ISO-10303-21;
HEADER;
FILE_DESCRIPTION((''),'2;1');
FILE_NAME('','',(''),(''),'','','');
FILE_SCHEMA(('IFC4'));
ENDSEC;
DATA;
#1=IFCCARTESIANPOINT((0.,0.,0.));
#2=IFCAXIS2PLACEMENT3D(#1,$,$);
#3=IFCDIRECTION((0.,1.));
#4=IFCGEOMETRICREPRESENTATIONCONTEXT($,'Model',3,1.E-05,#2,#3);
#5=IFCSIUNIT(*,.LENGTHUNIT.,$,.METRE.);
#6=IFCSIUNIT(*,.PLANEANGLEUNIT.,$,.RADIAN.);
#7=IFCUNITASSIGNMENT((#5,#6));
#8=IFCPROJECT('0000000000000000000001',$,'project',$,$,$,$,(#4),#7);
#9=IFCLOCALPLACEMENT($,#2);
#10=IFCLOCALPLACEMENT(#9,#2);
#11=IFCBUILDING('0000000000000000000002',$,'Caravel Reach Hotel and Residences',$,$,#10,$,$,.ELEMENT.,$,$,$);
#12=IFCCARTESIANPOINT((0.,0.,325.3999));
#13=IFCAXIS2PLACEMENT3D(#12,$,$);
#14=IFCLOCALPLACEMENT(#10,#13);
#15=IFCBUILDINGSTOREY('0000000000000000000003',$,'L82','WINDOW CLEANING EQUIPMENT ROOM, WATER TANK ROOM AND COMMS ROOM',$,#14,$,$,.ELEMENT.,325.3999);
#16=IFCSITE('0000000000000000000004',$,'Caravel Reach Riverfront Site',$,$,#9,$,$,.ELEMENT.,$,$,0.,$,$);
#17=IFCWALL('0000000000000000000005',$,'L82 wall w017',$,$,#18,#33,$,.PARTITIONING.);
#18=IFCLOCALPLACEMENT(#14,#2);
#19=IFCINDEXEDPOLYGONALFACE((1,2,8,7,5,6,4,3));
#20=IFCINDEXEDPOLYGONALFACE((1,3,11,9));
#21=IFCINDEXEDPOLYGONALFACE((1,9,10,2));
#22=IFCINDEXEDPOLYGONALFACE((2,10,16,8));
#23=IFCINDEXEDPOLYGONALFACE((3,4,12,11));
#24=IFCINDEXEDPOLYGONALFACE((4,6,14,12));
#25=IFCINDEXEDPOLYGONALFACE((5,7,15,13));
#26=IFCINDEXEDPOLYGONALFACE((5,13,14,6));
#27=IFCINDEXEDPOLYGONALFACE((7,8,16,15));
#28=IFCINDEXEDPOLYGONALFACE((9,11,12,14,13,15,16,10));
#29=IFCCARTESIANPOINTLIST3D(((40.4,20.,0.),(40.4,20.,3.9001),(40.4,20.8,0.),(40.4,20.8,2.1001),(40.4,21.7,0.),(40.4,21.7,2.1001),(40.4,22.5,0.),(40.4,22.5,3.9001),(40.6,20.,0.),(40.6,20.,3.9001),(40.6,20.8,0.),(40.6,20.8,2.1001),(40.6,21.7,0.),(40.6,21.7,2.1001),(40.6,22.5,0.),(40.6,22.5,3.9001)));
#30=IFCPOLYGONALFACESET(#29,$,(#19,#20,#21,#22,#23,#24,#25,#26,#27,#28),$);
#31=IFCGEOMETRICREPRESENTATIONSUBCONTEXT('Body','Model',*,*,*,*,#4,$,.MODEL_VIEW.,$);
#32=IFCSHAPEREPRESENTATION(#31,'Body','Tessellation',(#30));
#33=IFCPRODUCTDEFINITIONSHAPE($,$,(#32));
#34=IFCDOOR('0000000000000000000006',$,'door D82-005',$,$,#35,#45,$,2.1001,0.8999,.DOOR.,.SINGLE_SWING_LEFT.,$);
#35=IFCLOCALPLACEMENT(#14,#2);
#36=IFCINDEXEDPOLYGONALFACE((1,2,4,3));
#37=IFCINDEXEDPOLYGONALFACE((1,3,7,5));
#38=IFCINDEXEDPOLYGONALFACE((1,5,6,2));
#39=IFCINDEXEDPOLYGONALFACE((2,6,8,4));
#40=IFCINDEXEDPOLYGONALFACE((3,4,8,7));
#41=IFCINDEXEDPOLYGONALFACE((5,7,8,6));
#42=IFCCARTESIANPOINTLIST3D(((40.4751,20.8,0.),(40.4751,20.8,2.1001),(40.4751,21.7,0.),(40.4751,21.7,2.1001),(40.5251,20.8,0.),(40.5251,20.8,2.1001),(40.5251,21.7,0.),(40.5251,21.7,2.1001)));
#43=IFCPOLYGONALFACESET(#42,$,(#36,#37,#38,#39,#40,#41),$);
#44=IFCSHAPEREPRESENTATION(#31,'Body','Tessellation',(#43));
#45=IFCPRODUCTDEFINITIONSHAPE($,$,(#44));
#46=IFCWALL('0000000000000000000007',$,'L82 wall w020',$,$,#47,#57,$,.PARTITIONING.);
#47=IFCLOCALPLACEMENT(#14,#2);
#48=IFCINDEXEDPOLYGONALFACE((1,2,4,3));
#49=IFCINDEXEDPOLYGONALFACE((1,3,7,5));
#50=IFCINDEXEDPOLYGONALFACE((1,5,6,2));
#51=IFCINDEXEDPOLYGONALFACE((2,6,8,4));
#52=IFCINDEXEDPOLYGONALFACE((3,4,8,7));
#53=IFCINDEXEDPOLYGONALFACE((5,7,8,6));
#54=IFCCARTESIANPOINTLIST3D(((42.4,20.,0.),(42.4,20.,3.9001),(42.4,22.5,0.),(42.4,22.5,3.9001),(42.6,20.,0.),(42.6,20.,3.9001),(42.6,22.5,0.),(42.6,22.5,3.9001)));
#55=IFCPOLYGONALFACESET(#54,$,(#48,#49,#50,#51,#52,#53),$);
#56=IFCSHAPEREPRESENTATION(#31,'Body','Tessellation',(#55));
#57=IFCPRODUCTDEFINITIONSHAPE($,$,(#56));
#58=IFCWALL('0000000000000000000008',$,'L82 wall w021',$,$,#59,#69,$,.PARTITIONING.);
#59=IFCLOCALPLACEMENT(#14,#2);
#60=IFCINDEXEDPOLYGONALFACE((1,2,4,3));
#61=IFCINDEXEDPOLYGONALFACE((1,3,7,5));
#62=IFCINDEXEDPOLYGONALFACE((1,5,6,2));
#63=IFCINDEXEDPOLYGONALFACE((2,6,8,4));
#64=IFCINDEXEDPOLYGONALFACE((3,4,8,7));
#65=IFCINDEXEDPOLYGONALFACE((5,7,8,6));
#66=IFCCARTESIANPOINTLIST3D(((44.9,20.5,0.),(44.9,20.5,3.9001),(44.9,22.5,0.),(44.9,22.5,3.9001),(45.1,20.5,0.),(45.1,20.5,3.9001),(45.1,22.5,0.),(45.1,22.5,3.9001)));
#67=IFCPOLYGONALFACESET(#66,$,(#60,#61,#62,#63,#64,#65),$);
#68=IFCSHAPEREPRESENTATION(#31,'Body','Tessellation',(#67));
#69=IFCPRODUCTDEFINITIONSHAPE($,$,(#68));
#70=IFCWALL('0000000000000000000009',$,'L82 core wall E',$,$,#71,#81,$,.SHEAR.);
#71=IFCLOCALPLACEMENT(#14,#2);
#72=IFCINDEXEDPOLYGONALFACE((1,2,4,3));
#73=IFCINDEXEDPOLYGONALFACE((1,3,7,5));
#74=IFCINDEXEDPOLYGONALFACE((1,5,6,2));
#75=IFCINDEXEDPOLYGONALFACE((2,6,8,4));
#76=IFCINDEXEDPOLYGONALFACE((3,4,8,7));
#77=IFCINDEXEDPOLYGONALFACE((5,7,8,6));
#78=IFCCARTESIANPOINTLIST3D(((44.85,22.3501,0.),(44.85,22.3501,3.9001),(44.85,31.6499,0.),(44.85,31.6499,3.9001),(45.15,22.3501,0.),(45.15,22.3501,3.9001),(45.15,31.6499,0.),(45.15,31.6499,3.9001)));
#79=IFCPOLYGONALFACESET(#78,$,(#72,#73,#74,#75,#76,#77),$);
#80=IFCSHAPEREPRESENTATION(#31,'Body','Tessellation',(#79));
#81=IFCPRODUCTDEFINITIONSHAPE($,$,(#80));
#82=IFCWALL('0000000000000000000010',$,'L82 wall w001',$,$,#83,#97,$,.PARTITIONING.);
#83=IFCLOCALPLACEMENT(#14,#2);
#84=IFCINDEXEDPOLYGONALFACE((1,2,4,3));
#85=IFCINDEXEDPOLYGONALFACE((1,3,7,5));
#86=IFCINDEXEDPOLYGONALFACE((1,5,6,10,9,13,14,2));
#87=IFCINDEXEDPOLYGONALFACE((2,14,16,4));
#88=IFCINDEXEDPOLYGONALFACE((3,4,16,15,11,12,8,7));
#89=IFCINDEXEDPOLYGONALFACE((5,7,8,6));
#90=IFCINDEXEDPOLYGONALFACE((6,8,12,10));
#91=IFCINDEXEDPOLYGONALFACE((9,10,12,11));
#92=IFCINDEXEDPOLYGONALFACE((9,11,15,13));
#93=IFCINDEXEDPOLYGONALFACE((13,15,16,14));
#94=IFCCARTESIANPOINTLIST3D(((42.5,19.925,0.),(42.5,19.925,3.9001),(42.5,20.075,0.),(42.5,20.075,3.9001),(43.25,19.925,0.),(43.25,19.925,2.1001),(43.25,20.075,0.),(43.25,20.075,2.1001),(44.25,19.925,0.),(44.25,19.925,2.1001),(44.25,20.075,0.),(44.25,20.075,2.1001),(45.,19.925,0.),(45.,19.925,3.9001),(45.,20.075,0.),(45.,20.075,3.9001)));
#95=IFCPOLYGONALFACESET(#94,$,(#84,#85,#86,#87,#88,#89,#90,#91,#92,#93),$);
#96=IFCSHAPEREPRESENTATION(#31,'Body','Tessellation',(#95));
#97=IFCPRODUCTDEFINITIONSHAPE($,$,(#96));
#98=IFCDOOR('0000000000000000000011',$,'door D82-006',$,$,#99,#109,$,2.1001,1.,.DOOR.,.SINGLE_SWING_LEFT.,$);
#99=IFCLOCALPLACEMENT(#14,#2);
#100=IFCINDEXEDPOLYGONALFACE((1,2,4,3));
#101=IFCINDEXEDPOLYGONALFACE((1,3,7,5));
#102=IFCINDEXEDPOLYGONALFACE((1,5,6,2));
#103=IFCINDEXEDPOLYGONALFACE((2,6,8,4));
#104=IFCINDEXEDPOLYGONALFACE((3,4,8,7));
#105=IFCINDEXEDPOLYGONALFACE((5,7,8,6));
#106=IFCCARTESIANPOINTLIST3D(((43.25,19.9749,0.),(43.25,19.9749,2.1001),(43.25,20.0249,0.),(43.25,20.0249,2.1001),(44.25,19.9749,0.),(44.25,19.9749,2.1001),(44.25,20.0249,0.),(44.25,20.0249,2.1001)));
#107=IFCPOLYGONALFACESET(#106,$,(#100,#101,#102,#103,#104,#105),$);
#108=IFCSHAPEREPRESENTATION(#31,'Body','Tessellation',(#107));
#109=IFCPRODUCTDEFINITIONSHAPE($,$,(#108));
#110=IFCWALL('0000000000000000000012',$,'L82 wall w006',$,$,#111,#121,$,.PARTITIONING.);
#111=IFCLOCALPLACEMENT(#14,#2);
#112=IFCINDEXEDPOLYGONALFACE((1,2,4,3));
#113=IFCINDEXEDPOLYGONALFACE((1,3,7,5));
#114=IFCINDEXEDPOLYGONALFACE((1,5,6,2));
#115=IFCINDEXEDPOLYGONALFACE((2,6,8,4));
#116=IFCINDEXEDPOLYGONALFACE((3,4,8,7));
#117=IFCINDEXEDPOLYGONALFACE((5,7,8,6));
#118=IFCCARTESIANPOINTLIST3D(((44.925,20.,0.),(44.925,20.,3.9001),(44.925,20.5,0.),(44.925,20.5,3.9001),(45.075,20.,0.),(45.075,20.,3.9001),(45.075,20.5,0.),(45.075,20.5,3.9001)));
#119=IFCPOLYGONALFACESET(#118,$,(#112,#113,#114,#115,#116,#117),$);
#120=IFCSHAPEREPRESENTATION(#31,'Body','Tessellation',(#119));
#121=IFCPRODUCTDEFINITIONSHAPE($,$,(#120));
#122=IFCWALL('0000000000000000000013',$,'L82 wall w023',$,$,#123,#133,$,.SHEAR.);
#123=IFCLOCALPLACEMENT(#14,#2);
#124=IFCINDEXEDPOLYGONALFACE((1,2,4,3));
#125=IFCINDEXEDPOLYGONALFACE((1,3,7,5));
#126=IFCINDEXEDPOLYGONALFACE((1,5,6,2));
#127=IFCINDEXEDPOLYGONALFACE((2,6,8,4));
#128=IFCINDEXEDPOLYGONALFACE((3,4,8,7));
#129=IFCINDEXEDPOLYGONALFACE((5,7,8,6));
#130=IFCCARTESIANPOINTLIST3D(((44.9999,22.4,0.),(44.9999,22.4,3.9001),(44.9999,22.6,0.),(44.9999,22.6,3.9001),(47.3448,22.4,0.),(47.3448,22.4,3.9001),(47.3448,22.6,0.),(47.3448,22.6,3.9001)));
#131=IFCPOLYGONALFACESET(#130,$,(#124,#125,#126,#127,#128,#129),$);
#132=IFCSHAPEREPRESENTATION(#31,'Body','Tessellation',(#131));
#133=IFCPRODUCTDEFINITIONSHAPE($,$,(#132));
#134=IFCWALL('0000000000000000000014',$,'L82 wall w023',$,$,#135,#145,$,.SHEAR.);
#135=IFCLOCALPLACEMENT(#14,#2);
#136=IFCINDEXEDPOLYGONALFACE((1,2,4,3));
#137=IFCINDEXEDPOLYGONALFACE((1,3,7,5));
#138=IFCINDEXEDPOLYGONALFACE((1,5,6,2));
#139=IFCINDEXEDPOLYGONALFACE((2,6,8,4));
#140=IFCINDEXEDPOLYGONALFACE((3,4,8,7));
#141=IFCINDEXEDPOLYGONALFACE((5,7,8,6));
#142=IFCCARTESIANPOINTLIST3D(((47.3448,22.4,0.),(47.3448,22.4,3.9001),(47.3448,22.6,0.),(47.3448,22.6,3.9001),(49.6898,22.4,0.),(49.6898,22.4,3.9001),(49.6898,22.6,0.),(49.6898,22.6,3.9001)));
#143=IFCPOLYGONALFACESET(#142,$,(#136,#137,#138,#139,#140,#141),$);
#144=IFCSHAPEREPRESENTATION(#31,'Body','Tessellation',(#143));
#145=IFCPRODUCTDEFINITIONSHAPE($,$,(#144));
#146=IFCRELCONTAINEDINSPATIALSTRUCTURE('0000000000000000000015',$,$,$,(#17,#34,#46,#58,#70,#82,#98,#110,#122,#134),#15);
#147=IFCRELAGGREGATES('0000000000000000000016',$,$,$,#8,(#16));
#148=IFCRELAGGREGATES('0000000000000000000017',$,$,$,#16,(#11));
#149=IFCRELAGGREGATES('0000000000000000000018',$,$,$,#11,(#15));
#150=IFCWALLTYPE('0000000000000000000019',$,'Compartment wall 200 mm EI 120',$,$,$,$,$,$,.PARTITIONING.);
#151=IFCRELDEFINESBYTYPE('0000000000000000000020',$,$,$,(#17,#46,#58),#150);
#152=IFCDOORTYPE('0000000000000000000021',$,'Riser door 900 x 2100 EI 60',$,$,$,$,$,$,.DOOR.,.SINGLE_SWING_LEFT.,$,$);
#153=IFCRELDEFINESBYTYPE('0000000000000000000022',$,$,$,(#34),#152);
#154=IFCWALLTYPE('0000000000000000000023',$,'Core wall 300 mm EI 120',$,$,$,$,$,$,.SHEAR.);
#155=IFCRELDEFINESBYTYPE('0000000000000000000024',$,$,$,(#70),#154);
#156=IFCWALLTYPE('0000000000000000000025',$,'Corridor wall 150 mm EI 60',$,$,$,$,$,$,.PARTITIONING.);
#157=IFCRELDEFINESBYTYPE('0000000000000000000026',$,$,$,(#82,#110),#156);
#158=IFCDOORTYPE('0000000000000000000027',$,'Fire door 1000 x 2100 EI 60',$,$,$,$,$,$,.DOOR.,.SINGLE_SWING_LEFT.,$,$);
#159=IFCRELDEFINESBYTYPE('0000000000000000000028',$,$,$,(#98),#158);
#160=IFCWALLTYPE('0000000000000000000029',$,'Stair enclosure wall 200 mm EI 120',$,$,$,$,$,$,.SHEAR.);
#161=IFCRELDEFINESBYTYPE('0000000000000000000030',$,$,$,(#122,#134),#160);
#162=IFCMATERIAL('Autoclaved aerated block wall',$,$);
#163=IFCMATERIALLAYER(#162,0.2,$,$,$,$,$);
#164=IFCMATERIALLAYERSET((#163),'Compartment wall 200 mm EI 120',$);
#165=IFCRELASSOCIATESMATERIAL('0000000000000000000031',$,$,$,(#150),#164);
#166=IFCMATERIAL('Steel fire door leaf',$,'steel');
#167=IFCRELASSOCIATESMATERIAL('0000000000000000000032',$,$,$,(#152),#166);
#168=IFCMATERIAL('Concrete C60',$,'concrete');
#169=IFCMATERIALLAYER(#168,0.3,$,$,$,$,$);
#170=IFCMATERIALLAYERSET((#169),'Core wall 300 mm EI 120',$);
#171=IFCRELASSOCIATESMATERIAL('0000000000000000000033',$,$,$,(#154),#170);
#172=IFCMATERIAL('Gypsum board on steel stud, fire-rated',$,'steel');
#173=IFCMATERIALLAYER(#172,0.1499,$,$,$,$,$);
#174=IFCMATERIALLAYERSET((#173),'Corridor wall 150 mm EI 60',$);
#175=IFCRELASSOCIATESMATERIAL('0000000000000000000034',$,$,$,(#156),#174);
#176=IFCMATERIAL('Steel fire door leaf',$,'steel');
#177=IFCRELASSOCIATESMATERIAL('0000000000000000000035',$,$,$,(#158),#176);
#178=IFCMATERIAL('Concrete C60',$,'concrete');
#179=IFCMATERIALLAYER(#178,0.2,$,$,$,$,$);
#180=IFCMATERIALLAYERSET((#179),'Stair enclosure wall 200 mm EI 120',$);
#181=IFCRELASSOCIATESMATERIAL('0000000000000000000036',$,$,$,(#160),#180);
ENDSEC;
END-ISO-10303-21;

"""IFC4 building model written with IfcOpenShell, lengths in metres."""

from ifc_helpers import new_model, si_unit, direction, frame, frame_2d, origin, place, context, subcontext, project, spatial, rectangle, extrude, material, layer, layer_set, type_object, element, fill, save


model = new_model("IFC4")

# Units and contexts
model_context = context("Model", 3, precision=1e-05, world=origin(), true_north=direction((0.0, 1.0)))
body_context = subcontext(model_context, "Body", "Model", "MODEL_VIEW")
ifc_project = project(units=[si_unit("LENGTHUNIT", "METRE"), si_unit("PLANEANGLEUNIT", "RADIAN")], contexts=[model_context])

# Site, building, storey
site_placement = place(None, origin())
site = spatial("IfcSite", under=ifc_project, at=site_placement, Name="Caravel Reach Riverfront Site", CompositionType="ELEMENT", RefElevation=0.0)
building_placement = place(site_placement, origin())
building = spatial("IfcBuilding", under=site, at=building_placement, Name="Caravel Reach Hotel and Residences", CompositionType="ELEMENT")
storey_placement = place(building_placement, frame((0.0, 0.0, 325.3999)))
storey = spatial("IfcBuildingStorey", under=building, at=storey_placement, Name="L82", Description="WINDOW CLEANING EQUIPMENT ROOM, WATER TANK ROOM AND COMMS ROOM", CompositionType="ELEMENT", Elevation=325.3999)

# Wall, opening, door
ifc_material_1 = material(Name="Autoclaved aerated block wall")
ifc_layer_1 = layer(ifc_material_1, 0.2)
ifc_layer_set_1 = layer_set([ifc_layer_1], Name="Compartment wall 200 mm EI 120")
wall_type_1 = type_object("IfcWallType", Name="Compartment wall 200 mm EI 120", PredefinedType="PARTITIONING", material=ifc_layer_set_1)
wall_1_placement = place(storey_placement, frame((40.5, 20.0, 0.0), z_axis=(0.0, 0.0, 1.0), x_axis=(0.0, 1.0, 0.0)))
wall_1 = element("IfcWall", 1, at=wall_1_placement, inside=storey, type_object=wall_type_1, Name="L82 wall w017", PredefinedType="PARTITIONING", context=body_context, shape_type="SweptSolid", body=[
    extrude(rectangle(XDim=2.5, YDim=0.2, at=frame_2d((1.25, 0.0))), origin(), (0.0, 0.0, 1.0), 3.9001),
])
opening_1_placement = place(wall_1_placement, frame((0.8, 0.0, 0.0)))
opening_1 = element("IfcOpeningElement", 2, at=opening_1_placement, cuts=wall_1, PredefinedType="OPENING", context=body_context, shape_type="SweptSolid", body=[
    extrude(rectangle(XDim=0.8999, YDim=2.1001, at=frame_2d((0.45, 1.05))), frame((0.0, 0.1099, 0.0), z_axis=(0.0, -1.0, 0.0), x_axis=(1.0, 0.0, 0.0)), (0.0, 0.0, 1.0), 0.22),
])
ifc_material_2 = material(Name="Steel fire door leaf", Category="steel")
door_type_1 = type_object("IfcDoorType", Name="Riser door 900 x 2100 EI 60", OperationType="SINGLE_SWING_LEFT", PredefinedType="DOOR", material=ifc_material_2)
door_1_placement = place(opening_1_placement, origin())
door_1 = element("IfcDoor", 3, at=door_1_placement, inside=storey, type_object=door_type_1, Name="door D82-005", OperationType="SINGLE_SWING_LEFT", OverallHeight=2.1001, OverallWidth=0.8999, PredefinedType="DOOR", context=body_context, shape_type="SweptSolid", body=[
    extrude(rectangle(XDim=0.8999, YDim=2.1001, at=frame_2d((0.45, 1.05))), frame((0.0, 0.0249, 0.0), z_axis=(0.0, -1.0, 0.0), x_axis=(1.0, 0.0, 0.0)), (0.0, 0.0, 1.0), 0.05),
])
fill(opening_1, door_1)

# Walls
wall_2_placement = place(storey_placement, frame((42.5, 20.0, 0.0), z_axis=(0.0, 0.0, 1.0), x_axis=(0.0, 1.0, 0.0)))
element("IfcWall", 4, at=wall_2_placement, inside=storey, type_object=wall_type_1, Name="L82 wall w020", PredefinedType="PARTITIONING", context=body_context, shape_type="SweptSolid", body=[
    extrude(rectangle(XDim=2.5, YDim=0.2, at=frame_2d((1.25, 0.0))), origin(), (0.0, 0.0, 1.0), 3.9001),
])
wall_3_placement = place(storey_placement, frame((45.0, 20.5, 0.0), z_axis=(0.0, 0.0, 1.0), x_axis=(0.0, 1.0, 0.0)))
element("IfcWall", 5, at=wall_3_placement, inside=storey, type_object=wall_type_1, Name="L82 wall w021", PredefinedType="PARTITIONING", context=body_context, shape_type="SweptSolid", body=[
    extrude(rectangle(XDim=2.0, YDim=0.2, at=frame_2d((1.0, 0.0))), origin(), (0.0, 0.0, 1.0), 3.9001),
])
ifc_material_3 = material(Name="Concrete C60", Category="concrete")
ifc_layer_2 = layer(ifc_material_3, 0.3)
ifc_layer_set_2 = layer_set([ifc_layer_2], Name="Core wall 300 mm EI 120")
wall_type_2 = type_object("IfcWallType", Name="Core wall 300 mm EI 120", PredefinedType="SHEAR", material=ifc_layer_set_2)
wall_4_placement = place(storey_placement, frame((45.0, 22.3501, 0.0), z_axis=(0.0, 0.0, 1.0), x_axis=(0.0, 1.0, 0.0)))
element("IfcWall", 6, at=wall_4_placement, inside=storey, type_object=wall_type_2, Name="L82 core wall E", PredefinedType="SHEAR", context=body_context, shape_type="SweptSolid", body=[
    extrude(rectangle(XDim=9.2998, YDim=0.3, at=frame_2d((4.6499, 0.0))), origin(), (0.0, 0.0, 1.0), 3.9001),
])

# Wall, opening, door
ifc_material_4 = material(Name="Gypsum board on steel stud, fire-rated", Category="steel")
ifc_layer_3 = layer(ifc_material_4, 0.1499)
ifc_layer_set_3 = layer_set([ifc_layer_3], Name="Corridor wall 150 mm EI 60")
wall_type_3 = type_object("IfcWallType", Name="Corridor wall 150 mm EI 60", PredefinedType="PARTITIONING", material=ifc_layer_set_3)
wall_5_placement = place(storey_placement, frame((42.5, 20.0, 0.0), z_axis=(0.0, 0.0, 1.0), x_axis=(1.0, 0.0, 0.0)))
wall_5 = element("IfcWall", 7, at=wall_5_placement, inside=storey, type_object=wall_type_3, Name="L82 wall w001", PredefinedType="PARTITIONING", context=body_context, shape_type="SweptSolid", body=[
    extrude(rectangle(XDim=2.5, YDim=0.1499, at=frame_2d((1.25, 0.0))), origin(), (0.0, 0.0, 1.0), 3.9001),
])
opening_2_placement = place(wall_5_placement, frame((0.75, 0.0, 0.0)))
opening_2 = element("IfcOpeningElement", 8, at=opening_2_placement, cuts=wall_5, PredefinedType="OPENING", context=body_context, shape_type="SweptSolid", body=[
    extrude(rectangle(XDim=1.0, YDim=2.1001, at=frame_2d((0.5, 1.05))), frame((0.0, 0.085, 0.0), z_axis=(0.0, -1.0, 0.0), x_axis=(1.0, 0.0, 0.0)), (0.0, 0.0, 1.0), 0.1699),
])
ifc_material_5 = material(Name="Steel fire door leaf", Category="steel")
door_type_2 = type_object("IfcDoorType", Name="Fire door 1000 x 2100 EI 60", OperationType="SINGLE_SWING_LEFT", PredefinedType="DOOR", material=ifc_material_5)
door_2_placement = place(opening_2_placement, origin())
door_2 = element("IfcDoor", 9, at=door_2_placement, inside=storey, type_object=door_type_2, Name="door D82-006", OperationType="SINGLE_SWING_LEFT", OverallHeight=2.1001, OverallWidth=1.0, PredefinedType="DOOR", context=body_context, shape_type="SweptSolid", body=[
    extrude(rectangle(XDim=1.0, YDim=2.1001, at=frame_2d((0.5, 1.05))), frame((0.0, 0.0249, 0.0), z_axis=(0.0, -1.0, 0.0), x_axis=(1.0, 0.0, 0.0)), (0.0, 0.0, 1.0), 0.05),
])
fill(opening_2, door_2)

# Walls
wall_6_placement = place(storey_placement, frame((45.0, 20.0, 0.0), z_axis=(0.0, 0.0, 1.0), x_axis=(0.0, 1.0, 0.0)))
element("IfcWall", 10, at=wall_6_placement, inside=storey, type_object=wall_type_3, Name="L82 wall w006", PredefinedType="PARTITIONING", context=body_context, shape_type="SweptSolid", body=[
    extrude(rectangle(XDim=0.5, YDim=0.1499, at=frame_2d((0.25, 0.0))), origin(), (0.0, 0.0, 1.0), 3.9001),
])
ifc_material_6 = material(Name="Concrete C60", Category="concrete")
ifc_layer_4 = layer(ifc_material_6, 0.2)
ifc_layer_set_4 = layer_set([ifc_layer_4], Name="Stair enclosure wall 200 mm EI 120")
wall_type_4 = type_object("IfcWallType", Name="Stair enclosure wall 200 mm EI 120", PredefinedType="SHEAR", material=ifc_layer_set_4)
for number, where, z_axis, x_axis, name in (
    (11, (45.0, 22.5, 0.0), (0.0, 0.0, 1.0), (1.0, 0.0, 0.0), "L82 wall w023"),
    (12, (47.345, 22.5, 0.0), (0.0, 0.0, 1.0), (1.0, 0.0, 0.0), "L82 wall w023"),
):
    element("IfcWall", number, at=place(storey_placement, frame(where, z_axis=z_axis, x_axis=x_axis)), inside=storey, type_object=wall_type_4, Name=name, PredefinedType="SHEAR", context=body_context, shape_type="SweptSolid", body=[
        extrude(rectangle(XDim=2.345, YDim=0.2, at=frame_2d((1.1724, 0.0))), origin(), (0.0, 0.0, 1.0), 3.9001),
    ])

save(model, "model.ifc")
